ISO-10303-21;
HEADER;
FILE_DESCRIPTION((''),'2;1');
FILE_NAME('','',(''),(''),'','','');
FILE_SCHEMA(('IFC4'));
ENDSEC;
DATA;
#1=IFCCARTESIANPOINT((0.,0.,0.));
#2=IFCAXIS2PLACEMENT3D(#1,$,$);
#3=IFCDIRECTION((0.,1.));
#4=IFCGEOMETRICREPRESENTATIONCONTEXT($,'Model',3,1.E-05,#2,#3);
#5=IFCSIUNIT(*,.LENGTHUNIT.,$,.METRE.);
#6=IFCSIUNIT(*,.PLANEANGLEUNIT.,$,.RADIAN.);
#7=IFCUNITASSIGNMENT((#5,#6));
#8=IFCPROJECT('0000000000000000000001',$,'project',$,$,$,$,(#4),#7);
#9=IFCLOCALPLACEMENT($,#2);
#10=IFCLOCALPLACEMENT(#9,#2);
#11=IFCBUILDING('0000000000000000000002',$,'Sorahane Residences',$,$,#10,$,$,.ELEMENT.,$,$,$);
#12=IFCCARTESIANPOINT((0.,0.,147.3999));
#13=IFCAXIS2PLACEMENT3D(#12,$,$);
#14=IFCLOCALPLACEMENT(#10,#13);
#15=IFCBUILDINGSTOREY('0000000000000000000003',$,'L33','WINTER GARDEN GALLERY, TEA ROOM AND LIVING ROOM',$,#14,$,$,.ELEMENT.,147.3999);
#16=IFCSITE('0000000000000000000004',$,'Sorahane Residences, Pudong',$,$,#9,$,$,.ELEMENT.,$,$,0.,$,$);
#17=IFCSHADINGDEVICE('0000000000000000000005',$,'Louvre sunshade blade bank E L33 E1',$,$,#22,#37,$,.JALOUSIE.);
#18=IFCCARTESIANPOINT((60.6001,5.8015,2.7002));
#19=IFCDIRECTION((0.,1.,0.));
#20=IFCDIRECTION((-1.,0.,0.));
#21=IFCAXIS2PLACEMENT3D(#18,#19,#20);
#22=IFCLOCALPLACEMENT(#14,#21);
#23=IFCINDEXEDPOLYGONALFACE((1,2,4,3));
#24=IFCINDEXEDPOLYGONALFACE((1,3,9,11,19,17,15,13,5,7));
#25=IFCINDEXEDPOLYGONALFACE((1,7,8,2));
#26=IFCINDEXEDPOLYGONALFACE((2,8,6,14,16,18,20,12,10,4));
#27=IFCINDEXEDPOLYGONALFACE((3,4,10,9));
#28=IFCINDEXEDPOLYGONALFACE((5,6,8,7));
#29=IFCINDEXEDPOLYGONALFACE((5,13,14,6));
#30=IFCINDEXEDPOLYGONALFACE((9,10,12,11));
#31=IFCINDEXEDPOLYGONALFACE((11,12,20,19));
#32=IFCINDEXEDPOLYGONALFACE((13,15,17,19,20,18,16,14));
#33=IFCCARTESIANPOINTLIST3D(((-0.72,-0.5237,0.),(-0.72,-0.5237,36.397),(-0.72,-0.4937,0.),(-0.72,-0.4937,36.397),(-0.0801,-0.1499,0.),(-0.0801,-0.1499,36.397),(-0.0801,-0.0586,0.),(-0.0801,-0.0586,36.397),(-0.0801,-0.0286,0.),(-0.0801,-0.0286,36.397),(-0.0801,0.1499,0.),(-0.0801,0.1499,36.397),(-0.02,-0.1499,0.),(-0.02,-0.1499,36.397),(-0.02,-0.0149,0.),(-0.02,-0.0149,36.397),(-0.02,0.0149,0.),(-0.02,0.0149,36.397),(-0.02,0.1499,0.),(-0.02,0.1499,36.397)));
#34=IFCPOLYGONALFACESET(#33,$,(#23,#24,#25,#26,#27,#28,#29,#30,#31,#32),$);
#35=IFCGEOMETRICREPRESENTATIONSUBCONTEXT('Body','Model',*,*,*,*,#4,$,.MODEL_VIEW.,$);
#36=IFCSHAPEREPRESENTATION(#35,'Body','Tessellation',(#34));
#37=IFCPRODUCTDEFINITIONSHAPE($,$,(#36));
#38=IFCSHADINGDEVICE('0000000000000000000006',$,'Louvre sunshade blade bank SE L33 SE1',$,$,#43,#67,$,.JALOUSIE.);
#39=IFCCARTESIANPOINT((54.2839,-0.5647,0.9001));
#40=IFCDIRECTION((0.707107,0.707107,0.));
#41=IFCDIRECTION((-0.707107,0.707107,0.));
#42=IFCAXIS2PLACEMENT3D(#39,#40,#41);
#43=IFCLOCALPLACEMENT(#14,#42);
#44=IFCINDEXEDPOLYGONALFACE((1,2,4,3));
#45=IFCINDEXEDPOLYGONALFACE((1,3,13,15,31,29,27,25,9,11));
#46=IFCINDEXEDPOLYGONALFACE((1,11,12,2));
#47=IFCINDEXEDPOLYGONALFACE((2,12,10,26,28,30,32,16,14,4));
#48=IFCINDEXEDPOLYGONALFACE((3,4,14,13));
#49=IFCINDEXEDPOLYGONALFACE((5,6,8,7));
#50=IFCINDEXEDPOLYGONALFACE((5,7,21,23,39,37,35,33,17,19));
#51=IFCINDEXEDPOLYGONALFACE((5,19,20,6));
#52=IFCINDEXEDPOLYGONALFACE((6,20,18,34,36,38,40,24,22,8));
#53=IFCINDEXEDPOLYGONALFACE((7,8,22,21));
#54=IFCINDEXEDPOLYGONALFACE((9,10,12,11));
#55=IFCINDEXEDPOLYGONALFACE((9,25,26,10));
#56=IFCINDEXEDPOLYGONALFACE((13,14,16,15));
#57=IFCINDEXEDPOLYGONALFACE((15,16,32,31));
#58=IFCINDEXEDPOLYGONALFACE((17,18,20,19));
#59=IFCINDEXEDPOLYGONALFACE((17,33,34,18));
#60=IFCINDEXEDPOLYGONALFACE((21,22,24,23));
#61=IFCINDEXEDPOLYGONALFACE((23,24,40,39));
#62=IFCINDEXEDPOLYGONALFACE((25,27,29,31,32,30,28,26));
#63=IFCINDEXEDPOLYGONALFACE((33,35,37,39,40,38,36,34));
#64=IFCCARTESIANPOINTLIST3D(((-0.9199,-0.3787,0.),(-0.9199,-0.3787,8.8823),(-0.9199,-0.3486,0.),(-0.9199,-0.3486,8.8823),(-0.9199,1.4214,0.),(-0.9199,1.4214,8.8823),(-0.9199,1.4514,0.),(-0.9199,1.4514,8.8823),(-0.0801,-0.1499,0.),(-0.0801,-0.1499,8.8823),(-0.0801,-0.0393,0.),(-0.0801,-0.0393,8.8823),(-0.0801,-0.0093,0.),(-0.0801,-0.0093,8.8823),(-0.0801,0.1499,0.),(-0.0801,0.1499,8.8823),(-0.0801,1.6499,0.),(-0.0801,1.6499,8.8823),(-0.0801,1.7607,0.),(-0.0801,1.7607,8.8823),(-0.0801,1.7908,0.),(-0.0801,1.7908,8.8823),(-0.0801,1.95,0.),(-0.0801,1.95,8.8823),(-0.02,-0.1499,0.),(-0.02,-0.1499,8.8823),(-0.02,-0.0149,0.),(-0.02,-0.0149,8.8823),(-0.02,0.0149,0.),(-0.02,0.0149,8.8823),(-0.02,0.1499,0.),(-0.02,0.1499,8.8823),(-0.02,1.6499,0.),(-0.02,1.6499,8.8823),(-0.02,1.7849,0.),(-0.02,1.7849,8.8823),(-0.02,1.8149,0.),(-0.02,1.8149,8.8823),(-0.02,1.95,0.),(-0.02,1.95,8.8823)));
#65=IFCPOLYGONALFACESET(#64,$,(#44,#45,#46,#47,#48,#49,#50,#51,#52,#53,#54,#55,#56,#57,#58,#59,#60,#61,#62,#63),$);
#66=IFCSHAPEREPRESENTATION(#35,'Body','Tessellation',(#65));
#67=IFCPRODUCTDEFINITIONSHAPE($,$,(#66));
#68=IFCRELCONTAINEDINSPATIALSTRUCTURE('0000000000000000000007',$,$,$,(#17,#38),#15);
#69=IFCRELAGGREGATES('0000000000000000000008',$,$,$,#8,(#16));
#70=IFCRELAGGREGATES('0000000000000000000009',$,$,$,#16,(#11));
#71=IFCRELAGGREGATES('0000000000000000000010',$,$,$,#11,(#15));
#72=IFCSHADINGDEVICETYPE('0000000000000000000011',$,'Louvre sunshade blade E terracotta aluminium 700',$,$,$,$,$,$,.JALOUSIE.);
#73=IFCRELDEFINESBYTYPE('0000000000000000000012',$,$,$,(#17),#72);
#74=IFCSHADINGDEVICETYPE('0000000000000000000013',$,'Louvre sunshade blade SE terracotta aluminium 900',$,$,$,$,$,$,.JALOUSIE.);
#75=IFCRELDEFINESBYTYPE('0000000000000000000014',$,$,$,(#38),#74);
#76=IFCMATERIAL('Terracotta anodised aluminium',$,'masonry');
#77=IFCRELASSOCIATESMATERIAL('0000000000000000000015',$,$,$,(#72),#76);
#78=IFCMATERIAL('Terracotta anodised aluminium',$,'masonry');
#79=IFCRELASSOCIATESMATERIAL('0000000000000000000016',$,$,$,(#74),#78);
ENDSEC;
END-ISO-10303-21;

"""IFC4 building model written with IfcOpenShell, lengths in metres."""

from ifc_helpers import new_model, si_unit, direction, frame, origin, place, context, subcontext, project, spatial, polyline, outline, composite_profile, extrude, material, type_object, element, save


model = new_model("IFC4")

# Units and contexts
model_context = context("Model", 3, precision=1e-05, world=origin(), true_north=direction((0.0, 1.0)))
body_context = subcontext(model_context, "Body", "Model", "MODEL_VIEW")
ifc_project = project(units=[si_unit("LENGTHUNIT", "METRE"), si_unit("PLANEANGLEUNIT", "RADIAN")], contexts=[model_context])

# Site, building, storey
site_placement = place(None, origin())
site = spatial("IfcSite", under=ifc_project, at=site_placement, Name="Sorahane Residences, Pudong", CompositionType="ELEMENT", RefElevation=0.0)
building_placement = place(site_placement, origin())
building = spatial("IfcBuilding", under=site, at=building_placement, Name="Sorahane Residences", CompositionType="ELEMENT")
storey_placement = place(building_placement, frame((0.0, 0.0, 147.3999)))
storey = spatial("IfcBuildingStorey", under=building, at=storey_placement, Name="L33", Description="WINTER GARDEN GALLERY, TEA ROOM AND LIVING ROOM", CompositionType="ELEMENT", Elevation=147.3999)

# Shading devices
ifc_material_1 = material(Name="Terracotta anodised aluminium", Category="masonry")
shading_device_type_1 = type_object("IfcShadingDeviceType", Name="Louvre sunshade blade E terracotta aluminium 700", PredefinedType="JALOUSIE", material=ifc_material_1)
shading_device_1_placement = place(storey_placement, frame((60.6001, 5.8015, 2.7002), z_axis=(0.0, 1.0, 0.0), x_axis=(-1.0, 0.0, 0.0)))
element("IfcShadingDevice", 1, at=shading_device_1_placement, inside=storey, type_object=shading_device_type_1, Name="Louvre sunshade blade bank E L33 E1", PredefinedType="JALOUSIE", context=body_context, shape_type="SweptSolid", body=[
    extrude(outline(polyline([(-0.72, -0.4937), (-0.72, -0.5237), (-0.0801, -0.0586), (-0.0801, -0.1499), (-0.02, -0.1499), (-0.02, -0.0149), (-0.02, 0.0149), (-0.02, 0.1499), (-0.0801, 0.1499), (-0.0801, -0.0286), (-0.72, -0.4937)])), origin(), (0.0, 0.0, 1.0), 36.397),
])
ifc_material_2 = material(Name="Terracotta anodised aluminium", Category="masonry")
shading_device_type_2 = type_object("IfcShadingDeviceType", Name="Louvre sunshade blade SE terracotta aluminium 900", PredefinedType="JALOUSIE", material=ifc_material_2)
shading_device_2_placement = place(storey_placement, frame((54.2839, -0.5647, 0.9001), z_axis=(0.707107, 0.707107, 0.0), x_axis=(-0.707107, 0.707107, 0.0)))
element("IfcShadingDevice", 2, at=shading_device_2_placement, inside=storey, type_object=shading_device_type_2, Name="Louvre sunshade blade bank SE L33 SE1", PredefinedType="JALOUSIE", context=body_context, shape_type="SweptSolid", body=[
    extrude(composite_profile([outline(polyline([(-0.9199, -0.3486), (-0.9199, -0.3787), (-0.0801, -0.0393), (-0.0801, -0.1499), (-0.02, -0.1499), (-0.02, -0.0149), (-0.02, 0.0149), (-0.02, 0.1499), (-0.0801, 0.1499), (-0.0801, -0.0093), (-0.9199, -0.3486)])), outline(polyline([(-0.9199, 1.4514), (-0.9199, 1.4214), (-0.0801, 1.7607), (-0.0801, 1.6499), (-0.02, 1.6499), (-0.02, 1.7849), (-0.02, 1.8149), (-0.02, 1.95), (-0.0801, 1.95), (-0.0801, 1.7908), (-0.9199, 1.4514)]))]), origin(), (0.0, 0.0, 1.0), 8.8823),
])

save(model, "model.ifc")
